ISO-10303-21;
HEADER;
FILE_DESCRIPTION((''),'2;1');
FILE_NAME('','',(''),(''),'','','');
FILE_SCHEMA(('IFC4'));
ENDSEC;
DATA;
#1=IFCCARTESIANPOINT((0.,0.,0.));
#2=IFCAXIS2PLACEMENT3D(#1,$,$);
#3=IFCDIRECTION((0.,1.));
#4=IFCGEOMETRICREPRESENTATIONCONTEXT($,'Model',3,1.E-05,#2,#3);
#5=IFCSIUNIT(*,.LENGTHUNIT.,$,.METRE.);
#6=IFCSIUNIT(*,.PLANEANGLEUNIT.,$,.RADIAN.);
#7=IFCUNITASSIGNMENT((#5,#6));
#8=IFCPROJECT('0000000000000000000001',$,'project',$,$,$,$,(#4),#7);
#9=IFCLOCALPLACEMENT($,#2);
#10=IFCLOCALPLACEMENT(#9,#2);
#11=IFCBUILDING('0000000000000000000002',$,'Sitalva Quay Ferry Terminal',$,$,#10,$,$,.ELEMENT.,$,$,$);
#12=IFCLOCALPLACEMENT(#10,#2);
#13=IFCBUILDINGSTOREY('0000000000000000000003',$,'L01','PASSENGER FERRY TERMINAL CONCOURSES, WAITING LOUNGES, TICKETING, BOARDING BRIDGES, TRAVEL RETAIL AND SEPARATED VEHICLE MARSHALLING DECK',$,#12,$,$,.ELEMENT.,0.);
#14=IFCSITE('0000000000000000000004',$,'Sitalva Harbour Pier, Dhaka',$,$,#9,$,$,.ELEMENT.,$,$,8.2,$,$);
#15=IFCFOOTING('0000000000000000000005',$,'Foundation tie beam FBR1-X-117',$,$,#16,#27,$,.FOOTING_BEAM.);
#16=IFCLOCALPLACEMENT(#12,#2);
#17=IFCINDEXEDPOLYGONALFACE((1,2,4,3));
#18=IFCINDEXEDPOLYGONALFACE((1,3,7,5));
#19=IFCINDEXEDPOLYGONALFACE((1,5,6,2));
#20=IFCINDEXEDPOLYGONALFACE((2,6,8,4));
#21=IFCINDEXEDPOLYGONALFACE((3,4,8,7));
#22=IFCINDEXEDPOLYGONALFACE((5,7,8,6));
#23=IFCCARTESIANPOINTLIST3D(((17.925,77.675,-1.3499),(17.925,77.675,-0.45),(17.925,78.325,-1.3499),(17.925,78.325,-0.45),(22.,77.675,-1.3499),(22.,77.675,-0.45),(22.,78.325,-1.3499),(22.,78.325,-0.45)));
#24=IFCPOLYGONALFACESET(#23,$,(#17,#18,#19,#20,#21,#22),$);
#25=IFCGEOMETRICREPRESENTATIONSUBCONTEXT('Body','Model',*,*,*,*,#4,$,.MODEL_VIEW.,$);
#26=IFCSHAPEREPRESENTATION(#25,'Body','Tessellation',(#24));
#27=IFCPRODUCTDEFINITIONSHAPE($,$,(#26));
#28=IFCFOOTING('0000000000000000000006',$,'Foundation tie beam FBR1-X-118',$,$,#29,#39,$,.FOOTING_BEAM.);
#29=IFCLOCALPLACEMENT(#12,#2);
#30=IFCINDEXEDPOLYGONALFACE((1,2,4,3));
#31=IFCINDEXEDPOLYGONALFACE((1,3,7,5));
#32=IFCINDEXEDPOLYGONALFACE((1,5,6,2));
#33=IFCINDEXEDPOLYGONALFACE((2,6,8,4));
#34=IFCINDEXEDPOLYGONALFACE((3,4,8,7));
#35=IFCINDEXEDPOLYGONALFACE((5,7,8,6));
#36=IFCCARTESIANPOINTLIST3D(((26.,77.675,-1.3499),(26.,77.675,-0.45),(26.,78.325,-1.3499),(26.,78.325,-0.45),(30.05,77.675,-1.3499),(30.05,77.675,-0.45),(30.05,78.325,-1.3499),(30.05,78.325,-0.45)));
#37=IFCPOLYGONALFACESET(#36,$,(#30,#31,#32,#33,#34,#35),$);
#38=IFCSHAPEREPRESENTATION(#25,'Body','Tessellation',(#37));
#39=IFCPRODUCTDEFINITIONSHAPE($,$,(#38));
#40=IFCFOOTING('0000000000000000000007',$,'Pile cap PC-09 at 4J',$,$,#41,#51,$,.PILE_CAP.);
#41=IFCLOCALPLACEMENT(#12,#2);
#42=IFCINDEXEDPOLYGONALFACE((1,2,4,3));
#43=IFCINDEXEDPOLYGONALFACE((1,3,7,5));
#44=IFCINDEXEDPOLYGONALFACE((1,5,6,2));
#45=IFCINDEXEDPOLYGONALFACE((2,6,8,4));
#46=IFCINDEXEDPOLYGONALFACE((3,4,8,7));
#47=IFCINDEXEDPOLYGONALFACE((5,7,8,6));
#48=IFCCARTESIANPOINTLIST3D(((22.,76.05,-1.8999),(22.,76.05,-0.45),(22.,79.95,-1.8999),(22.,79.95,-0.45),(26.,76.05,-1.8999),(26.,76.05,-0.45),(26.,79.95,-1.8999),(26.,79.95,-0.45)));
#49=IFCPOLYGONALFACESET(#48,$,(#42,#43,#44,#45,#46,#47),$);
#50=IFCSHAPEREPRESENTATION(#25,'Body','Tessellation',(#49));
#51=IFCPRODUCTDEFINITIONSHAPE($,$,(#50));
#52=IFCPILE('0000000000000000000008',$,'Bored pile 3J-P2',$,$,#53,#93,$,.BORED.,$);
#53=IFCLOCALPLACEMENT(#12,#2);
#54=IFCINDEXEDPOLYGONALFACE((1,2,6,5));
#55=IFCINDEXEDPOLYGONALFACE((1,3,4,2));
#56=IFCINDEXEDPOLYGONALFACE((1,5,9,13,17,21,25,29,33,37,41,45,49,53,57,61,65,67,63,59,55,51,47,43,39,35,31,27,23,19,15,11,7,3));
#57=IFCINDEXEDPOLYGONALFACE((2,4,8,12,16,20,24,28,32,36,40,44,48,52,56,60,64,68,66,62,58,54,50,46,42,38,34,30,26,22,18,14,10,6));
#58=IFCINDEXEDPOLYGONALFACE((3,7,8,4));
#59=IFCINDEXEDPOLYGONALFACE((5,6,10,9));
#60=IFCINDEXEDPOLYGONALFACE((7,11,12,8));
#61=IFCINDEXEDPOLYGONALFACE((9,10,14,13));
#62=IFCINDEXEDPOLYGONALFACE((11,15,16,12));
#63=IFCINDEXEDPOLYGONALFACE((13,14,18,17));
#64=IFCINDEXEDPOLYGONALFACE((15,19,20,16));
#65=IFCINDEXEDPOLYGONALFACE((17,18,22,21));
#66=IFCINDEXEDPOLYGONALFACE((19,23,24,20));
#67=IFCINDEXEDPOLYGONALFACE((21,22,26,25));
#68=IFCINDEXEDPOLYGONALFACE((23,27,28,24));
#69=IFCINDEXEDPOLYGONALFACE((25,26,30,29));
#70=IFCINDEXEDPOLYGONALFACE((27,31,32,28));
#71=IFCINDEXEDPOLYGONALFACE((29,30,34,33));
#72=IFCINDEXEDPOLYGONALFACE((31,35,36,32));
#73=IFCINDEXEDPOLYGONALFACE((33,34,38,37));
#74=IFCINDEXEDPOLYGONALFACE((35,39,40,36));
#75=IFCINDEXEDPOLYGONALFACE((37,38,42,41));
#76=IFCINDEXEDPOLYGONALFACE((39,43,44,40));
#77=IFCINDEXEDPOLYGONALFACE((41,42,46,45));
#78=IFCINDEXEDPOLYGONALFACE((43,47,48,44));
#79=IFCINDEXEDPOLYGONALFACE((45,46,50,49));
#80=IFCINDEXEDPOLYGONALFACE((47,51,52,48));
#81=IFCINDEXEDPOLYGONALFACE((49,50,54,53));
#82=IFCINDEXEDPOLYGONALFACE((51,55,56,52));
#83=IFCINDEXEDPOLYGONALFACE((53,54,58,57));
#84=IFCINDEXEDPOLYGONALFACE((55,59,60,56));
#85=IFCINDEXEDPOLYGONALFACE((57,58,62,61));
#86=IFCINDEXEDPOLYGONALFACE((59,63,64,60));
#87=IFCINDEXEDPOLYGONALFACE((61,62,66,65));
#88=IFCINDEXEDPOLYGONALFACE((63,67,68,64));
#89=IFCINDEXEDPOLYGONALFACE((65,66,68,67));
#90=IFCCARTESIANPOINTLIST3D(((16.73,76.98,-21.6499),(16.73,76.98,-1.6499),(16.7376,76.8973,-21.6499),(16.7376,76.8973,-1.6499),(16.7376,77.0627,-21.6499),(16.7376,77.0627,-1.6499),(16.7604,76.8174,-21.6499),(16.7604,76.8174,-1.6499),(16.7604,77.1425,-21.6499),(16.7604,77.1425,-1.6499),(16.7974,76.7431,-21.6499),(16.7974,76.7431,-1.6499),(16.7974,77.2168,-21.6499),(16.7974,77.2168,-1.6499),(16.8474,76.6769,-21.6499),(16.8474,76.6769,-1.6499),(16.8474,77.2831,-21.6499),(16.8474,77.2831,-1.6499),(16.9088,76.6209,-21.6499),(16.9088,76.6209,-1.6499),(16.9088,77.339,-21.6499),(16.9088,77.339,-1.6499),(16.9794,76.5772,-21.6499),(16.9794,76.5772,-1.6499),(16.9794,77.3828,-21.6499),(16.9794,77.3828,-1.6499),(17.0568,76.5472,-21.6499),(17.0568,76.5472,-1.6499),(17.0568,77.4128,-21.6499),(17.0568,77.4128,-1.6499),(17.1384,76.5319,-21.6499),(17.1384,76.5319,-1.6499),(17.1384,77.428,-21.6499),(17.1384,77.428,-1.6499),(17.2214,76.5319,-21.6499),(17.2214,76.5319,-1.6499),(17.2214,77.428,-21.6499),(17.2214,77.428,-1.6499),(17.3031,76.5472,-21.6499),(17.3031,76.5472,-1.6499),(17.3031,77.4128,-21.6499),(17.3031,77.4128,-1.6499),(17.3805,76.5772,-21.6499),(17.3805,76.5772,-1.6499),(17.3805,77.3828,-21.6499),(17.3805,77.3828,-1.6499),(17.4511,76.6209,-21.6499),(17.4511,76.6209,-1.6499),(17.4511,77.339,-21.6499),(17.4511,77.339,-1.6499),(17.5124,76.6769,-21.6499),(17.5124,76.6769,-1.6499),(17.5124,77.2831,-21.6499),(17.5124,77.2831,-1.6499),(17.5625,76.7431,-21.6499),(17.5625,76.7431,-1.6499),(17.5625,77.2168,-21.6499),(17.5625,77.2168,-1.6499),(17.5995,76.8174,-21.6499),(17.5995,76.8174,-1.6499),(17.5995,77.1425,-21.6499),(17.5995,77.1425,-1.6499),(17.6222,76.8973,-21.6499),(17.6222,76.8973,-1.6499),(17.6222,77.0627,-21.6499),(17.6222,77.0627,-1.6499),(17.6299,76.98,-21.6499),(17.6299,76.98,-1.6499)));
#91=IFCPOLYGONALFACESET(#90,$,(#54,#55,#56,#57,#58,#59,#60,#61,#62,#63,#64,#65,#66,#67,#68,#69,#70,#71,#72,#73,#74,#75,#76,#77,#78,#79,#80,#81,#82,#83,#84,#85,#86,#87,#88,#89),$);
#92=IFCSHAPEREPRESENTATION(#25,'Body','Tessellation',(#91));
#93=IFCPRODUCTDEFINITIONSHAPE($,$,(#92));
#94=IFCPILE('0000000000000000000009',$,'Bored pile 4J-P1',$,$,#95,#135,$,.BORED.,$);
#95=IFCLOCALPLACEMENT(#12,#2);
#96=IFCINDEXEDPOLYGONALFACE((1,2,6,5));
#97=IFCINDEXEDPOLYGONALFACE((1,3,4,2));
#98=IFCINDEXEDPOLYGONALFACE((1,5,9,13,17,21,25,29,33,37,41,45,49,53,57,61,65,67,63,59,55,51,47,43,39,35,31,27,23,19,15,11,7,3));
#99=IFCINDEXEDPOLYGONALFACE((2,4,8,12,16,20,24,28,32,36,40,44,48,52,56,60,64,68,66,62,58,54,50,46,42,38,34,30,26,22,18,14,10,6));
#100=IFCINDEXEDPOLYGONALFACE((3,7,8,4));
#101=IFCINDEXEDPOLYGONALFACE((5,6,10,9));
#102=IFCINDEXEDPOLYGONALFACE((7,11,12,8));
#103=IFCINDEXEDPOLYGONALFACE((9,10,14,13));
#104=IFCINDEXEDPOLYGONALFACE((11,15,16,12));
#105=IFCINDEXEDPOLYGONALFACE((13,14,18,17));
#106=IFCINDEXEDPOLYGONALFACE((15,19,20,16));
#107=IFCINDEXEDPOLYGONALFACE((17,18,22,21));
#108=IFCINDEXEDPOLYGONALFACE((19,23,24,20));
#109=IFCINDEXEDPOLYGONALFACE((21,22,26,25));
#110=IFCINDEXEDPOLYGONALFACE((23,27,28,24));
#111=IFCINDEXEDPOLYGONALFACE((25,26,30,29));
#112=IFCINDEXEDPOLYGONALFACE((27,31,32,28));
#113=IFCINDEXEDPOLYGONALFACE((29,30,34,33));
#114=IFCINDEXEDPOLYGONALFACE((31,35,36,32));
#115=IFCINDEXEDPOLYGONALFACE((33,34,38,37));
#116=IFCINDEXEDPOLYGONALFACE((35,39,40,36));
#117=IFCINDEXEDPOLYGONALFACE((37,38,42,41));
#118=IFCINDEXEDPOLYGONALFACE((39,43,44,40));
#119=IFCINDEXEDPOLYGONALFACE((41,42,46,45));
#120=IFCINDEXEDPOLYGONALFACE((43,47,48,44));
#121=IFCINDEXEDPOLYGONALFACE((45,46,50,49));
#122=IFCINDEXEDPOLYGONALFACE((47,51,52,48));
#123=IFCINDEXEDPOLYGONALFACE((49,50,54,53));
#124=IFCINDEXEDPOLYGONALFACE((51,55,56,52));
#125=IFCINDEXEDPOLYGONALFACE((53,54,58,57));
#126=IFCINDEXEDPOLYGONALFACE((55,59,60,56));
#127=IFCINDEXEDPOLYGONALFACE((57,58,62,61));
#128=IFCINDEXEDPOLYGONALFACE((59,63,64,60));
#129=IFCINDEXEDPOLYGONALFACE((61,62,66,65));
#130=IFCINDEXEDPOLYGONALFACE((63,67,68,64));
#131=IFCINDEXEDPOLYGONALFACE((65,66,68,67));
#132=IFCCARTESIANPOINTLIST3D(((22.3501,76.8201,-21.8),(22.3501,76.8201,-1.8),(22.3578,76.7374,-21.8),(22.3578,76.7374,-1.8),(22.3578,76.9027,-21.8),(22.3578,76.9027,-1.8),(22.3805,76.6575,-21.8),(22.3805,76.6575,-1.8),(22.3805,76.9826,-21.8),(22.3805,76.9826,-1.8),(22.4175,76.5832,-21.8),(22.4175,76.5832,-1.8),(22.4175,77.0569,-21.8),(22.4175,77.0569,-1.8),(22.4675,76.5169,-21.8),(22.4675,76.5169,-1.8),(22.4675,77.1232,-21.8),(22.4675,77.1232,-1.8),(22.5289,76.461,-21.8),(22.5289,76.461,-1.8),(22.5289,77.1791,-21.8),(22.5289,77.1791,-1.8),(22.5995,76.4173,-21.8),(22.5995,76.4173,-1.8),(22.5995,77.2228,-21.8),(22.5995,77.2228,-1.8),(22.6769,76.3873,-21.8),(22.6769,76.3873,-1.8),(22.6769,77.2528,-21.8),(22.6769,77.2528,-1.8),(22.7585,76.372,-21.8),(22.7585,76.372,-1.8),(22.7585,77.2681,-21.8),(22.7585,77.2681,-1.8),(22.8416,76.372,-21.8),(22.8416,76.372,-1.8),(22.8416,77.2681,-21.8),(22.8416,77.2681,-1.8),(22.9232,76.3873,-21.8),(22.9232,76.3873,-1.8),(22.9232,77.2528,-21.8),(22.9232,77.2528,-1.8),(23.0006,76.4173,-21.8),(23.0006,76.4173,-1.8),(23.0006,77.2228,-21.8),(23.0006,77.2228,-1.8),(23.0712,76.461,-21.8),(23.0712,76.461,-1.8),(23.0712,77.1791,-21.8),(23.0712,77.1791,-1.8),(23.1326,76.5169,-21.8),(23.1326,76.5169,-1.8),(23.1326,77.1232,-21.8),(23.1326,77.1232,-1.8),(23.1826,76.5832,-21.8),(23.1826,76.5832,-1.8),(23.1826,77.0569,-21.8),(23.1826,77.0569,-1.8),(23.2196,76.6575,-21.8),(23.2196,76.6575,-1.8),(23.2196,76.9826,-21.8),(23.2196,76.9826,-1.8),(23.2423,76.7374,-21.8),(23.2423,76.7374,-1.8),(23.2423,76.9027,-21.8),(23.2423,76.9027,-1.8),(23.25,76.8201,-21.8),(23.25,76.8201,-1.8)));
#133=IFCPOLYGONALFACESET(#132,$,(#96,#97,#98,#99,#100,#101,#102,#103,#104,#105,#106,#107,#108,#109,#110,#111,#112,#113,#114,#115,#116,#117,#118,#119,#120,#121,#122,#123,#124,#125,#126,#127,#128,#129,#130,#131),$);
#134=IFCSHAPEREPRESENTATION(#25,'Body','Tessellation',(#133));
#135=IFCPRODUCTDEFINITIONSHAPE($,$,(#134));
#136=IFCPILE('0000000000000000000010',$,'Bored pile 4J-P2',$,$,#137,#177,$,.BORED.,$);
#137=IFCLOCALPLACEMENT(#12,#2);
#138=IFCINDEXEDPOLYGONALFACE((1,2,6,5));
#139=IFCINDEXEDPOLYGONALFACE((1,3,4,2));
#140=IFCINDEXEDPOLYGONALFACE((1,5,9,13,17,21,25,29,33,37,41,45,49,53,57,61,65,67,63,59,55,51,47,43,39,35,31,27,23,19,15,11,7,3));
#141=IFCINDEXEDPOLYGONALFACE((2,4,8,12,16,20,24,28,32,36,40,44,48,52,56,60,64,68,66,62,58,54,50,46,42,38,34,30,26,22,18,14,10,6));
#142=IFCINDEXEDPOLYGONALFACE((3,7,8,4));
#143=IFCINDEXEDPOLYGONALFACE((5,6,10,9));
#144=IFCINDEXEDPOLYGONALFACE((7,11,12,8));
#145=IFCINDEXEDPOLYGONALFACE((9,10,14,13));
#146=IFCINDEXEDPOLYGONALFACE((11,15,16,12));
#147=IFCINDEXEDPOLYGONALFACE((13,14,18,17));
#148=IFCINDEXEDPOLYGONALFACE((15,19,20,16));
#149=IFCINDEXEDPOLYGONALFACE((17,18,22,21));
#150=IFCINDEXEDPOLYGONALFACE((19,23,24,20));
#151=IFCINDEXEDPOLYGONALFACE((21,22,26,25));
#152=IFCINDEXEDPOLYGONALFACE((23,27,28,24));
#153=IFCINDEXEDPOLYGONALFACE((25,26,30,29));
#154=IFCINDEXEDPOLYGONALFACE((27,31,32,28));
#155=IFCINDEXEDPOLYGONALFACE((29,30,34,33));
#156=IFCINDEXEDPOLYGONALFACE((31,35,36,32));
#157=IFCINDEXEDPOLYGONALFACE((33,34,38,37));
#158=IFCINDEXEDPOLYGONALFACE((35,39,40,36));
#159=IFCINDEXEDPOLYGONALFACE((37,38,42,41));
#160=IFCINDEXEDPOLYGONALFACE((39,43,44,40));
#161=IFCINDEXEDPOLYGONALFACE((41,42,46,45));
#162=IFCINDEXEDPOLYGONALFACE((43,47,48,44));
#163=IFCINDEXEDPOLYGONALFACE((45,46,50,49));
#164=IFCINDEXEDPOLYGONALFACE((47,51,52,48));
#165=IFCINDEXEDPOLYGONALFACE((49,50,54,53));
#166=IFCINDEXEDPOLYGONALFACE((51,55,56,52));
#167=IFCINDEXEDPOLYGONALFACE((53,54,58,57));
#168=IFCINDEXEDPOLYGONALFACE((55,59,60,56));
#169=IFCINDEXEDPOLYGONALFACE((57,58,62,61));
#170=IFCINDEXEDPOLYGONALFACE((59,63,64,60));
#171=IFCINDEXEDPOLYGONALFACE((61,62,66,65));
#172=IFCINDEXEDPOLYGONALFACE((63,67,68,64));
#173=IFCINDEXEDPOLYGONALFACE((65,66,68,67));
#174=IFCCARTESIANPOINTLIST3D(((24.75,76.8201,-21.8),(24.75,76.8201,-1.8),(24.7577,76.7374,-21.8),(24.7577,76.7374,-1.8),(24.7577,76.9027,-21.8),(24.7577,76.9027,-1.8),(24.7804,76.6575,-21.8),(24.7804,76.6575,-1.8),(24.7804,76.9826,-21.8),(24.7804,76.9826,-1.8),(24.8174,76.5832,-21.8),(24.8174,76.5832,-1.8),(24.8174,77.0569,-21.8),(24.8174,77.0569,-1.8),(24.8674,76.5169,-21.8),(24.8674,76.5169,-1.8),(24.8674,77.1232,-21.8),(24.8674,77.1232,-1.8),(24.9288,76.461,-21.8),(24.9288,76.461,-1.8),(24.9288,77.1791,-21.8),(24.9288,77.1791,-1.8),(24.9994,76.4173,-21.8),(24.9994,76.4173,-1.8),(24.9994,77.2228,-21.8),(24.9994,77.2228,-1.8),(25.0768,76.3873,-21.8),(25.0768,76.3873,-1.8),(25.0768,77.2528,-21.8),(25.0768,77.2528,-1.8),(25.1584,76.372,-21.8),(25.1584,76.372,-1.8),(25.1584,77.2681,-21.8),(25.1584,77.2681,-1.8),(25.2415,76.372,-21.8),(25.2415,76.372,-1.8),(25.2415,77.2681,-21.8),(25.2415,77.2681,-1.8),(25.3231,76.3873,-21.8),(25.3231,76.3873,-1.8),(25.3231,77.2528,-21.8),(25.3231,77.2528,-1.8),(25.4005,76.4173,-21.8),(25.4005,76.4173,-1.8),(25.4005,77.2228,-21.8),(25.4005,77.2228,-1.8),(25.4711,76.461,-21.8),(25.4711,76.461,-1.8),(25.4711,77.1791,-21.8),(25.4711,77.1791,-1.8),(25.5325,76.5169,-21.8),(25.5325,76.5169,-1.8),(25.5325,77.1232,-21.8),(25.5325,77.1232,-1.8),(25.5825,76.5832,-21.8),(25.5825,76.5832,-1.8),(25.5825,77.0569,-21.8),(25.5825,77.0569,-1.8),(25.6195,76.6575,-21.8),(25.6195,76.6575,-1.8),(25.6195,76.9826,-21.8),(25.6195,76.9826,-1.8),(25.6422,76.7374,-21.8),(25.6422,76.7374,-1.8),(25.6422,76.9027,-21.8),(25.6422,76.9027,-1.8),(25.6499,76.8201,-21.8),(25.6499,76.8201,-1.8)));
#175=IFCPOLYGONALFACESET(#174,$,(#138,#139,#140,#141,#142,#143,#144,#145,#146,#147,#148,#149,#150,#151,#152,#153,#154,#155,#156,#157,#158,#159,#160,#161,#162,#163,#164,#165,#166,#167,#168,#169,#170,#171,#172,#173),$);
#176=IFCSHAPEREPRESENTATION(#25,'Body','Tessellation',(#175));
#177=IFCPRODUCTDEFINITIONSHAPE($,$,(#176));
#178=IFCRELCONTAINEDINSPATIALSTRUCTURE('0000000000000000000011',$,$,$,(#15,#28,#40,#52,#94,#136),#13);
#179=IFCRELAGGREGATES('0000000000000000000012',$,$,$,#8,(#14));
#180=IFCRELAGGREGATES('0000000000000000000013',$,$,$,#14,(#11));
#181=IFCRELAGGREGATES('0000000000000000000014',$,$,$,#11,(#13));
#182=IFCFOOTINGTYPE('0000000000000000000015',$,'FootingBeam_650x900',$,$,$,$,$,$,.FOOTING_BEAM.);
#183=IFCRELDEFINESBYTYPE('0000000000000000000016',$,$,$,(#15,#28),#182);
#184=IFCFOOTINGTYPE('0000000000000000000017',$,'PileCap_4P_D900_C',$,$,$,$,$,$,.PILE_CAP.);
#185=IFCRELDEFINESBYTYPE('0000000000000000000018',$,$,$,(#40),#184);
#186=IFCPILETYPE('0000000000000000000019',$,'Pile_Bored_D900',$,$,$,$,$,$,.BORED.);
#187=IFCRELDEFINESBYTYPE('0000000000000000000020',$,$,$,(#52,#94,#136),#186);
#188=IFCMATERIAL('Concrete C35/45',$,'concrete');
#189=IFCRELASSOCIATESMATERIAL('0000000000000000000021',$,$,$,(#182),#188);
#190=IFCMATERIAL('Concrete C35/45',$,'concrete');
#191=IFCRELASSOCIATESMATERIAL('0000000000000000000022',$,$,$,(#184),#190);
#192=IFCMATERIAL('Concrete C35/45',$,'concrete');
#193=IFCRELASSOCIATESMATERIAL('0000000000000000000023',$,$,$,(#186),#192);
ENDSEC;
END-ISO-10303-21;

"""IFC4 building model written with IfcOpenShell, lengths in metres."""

from ifc_helpers import new_model, si_unit, direction, frame, origin, origin_2d, place, context, subcontext, project, spatial, rectangle, circle, extrude, material, material_profile, profile_set, type_object, element, save


model = new_model("IFC4")

# Units and contexts
model_context = context("Model", 3, precision=1e-05, world=origin(), true_north=direction((0.0, 1.0)))
body_context = subcontext(model_context, "Body", "Model", "MODEL_VIEW")
ifc_project = project(units=[si_unit("LENGTHUNIT", "METRE"), si_unit("PLANEANGLEUNIT", "RADIAN")], contexts=[model_context])

# Site, building, storey
site_placement = place(None, origin())
site = spatial("IfcSite", under=ifc_project, at=site_placement, Name="Sitalva Harbour Pier, Dhaka", CompositionType="ELEMENT", RefElevation=8.2)
building_placement = place(site_placement, origin())
building = spatial("IfcBuilding", under=site, at=building_placement, Name="Sitalva Quay Ferry Terminal", CompositionType="ELEMENT")
storey_placement = place(building_placement, origin())
storey = spatial("IfcBuildingStorey", under=building, at=storey_placement, Name="L01", Description="PASSENGER FERRY TERMINAL CONCOURSES, WAITING LOUNGES, TICKETING, BOARDING BRIDGES, TRAVEL RETAIL AND SEPARATED VEHICLE MARSHALLING DECK", CompositionType="ELEMENT", Elevation=0.0)

# Footings
ifc_material_1 = material(Name="Concrete C35/45", Category="concrete")
ifc_material_profile_1 = material_profile(ifc_material_1, rectangle(XDim=0.6499, YDim=0.8999, at=origin_2d()), Name="RC650x900")
ifc_profile_set_1 = profile_set([ifc_material_profile_1], Name="Concrete C35/45")
footing_type_1 = type_object("IfcFootingType", Name="FootingBeam_650x900", PredefinedType="FOOTING_BEAM", material=ifc_profile_set_1)
footing_1_placement = place(storey_placement, frame((17.925, 78.0, -0.8999), z_axis=(1.0, 0.0, 0.0), x_axis=(0.0, 1.0, 0.0)))
element("IfcFooting", 1, at=footing_1_placement, inside=storey, type_object=footing_type_1, Name="Foundation tie beam FBR1-X-117", PredefinedType="FOOTING_BEAM", context=body_context, shape_type="SweptSolid", body=[
    extrude(rectangle(XDim=0.6499, YDim=0.8999, at=origin_2d()), origin(), (0.0, 0.0, 1.0), 4.075),
])
footing_2_placement = place(storey_placement, frame((26.0, 78.0, -0.8999), z_axis=(1.0, 0.0, 0.0), x_axis=(0.0, 1.0, 0.0)))
element("IfcFooting", 2, at=footing_2_placement, inside=storey, type_object=footing_type_1, Name="Foundation tie beam FBR1-X-118", PredefinedType="FOOTING_BEAM", context=body_context, shape_type="SweptSolid", body=[
    extrude(rectangle(XDim=0.6499, YDim=0.8999, at=origin_2d()), origin(), (0.0, 0.0, 1.0), 4.05),
])
ifc_material_2 = material(Name="Concrete C35/45", Category="concrete")
footing_type_2 = type_object("IfcFootingType", Name="PileCap_4P_D900_C", PredefinedType="PILE_CAP", material=ifc_material_2)
footing_3_placement = place(storey_placement, frame((24.0, 78.0, -1.8999), z_axis=(0.0, 0.0, 1.0), x_axis=(1.0, 0.0, 0.0)))
element("IfcFooting", 3, at=footing_3_placement, inside=storey, type_object=footing_type_2, Name="Pile cap PC-09 at 4J", PredefinedType="PILE_CAP", context=body_context, shape_type="SweptSolid", body=[
    extrude(rectangle(XDim=4.0, YDim=3.8999, at=origin_2d()), origin(), (0.0, 0.0, 1.0), 1.45),
])

# Piles
ifc_material_3 = material(Name="Concrete C35/45", Category="concrete")
ifc_material_profile_2 = material_profile(ifc_material_3, circle(Radius=0.45, at=origin_2d()), Name="PILE-D900")
ifc_profile_set_2 = profile_set([ifc_material_profile_2], Name="Concrete C35/45")
pile_type = type_object("IfcPileType", Name="Pile_Bored_D900", PredefinedType="BORED", material=ifc_profile_set_2)
for number, where, z_axis, x_axis, name in (
    (4, (17.1799, 76.98, -1.6499), (0.0, 0.0, -1.0), (1.0, 0.0, 0.0), "Bored pile 3J-P2"),
    (5, (22.8, 76.8201, -1.8), (0.0, 0.0, -1.0), (1.0, 0.0, 0.0), "Bored pile 4J-P1"),
    (6, (25.2, 76.8201, -1.8), (0.0, 0.0, -1.0), (1.0, 0.0, 0.0), "Bored pile 4J-P2"),
):
    element("IfcPile", number, at=place(storey_placement, frame(where, z_axis=z_axis, x_axis=x_axis)), inside=storey, type_object=pile_type, Name=name, PredefinedType="BORED", context=body_context, shape_type="SweptSolid", body=[
        extrude(circle(Radius=0.45, at=origin_2d()), origin(), (0.0, 0.0, 1.0), 20.0),
    ])

save(model, "model.ifc")
